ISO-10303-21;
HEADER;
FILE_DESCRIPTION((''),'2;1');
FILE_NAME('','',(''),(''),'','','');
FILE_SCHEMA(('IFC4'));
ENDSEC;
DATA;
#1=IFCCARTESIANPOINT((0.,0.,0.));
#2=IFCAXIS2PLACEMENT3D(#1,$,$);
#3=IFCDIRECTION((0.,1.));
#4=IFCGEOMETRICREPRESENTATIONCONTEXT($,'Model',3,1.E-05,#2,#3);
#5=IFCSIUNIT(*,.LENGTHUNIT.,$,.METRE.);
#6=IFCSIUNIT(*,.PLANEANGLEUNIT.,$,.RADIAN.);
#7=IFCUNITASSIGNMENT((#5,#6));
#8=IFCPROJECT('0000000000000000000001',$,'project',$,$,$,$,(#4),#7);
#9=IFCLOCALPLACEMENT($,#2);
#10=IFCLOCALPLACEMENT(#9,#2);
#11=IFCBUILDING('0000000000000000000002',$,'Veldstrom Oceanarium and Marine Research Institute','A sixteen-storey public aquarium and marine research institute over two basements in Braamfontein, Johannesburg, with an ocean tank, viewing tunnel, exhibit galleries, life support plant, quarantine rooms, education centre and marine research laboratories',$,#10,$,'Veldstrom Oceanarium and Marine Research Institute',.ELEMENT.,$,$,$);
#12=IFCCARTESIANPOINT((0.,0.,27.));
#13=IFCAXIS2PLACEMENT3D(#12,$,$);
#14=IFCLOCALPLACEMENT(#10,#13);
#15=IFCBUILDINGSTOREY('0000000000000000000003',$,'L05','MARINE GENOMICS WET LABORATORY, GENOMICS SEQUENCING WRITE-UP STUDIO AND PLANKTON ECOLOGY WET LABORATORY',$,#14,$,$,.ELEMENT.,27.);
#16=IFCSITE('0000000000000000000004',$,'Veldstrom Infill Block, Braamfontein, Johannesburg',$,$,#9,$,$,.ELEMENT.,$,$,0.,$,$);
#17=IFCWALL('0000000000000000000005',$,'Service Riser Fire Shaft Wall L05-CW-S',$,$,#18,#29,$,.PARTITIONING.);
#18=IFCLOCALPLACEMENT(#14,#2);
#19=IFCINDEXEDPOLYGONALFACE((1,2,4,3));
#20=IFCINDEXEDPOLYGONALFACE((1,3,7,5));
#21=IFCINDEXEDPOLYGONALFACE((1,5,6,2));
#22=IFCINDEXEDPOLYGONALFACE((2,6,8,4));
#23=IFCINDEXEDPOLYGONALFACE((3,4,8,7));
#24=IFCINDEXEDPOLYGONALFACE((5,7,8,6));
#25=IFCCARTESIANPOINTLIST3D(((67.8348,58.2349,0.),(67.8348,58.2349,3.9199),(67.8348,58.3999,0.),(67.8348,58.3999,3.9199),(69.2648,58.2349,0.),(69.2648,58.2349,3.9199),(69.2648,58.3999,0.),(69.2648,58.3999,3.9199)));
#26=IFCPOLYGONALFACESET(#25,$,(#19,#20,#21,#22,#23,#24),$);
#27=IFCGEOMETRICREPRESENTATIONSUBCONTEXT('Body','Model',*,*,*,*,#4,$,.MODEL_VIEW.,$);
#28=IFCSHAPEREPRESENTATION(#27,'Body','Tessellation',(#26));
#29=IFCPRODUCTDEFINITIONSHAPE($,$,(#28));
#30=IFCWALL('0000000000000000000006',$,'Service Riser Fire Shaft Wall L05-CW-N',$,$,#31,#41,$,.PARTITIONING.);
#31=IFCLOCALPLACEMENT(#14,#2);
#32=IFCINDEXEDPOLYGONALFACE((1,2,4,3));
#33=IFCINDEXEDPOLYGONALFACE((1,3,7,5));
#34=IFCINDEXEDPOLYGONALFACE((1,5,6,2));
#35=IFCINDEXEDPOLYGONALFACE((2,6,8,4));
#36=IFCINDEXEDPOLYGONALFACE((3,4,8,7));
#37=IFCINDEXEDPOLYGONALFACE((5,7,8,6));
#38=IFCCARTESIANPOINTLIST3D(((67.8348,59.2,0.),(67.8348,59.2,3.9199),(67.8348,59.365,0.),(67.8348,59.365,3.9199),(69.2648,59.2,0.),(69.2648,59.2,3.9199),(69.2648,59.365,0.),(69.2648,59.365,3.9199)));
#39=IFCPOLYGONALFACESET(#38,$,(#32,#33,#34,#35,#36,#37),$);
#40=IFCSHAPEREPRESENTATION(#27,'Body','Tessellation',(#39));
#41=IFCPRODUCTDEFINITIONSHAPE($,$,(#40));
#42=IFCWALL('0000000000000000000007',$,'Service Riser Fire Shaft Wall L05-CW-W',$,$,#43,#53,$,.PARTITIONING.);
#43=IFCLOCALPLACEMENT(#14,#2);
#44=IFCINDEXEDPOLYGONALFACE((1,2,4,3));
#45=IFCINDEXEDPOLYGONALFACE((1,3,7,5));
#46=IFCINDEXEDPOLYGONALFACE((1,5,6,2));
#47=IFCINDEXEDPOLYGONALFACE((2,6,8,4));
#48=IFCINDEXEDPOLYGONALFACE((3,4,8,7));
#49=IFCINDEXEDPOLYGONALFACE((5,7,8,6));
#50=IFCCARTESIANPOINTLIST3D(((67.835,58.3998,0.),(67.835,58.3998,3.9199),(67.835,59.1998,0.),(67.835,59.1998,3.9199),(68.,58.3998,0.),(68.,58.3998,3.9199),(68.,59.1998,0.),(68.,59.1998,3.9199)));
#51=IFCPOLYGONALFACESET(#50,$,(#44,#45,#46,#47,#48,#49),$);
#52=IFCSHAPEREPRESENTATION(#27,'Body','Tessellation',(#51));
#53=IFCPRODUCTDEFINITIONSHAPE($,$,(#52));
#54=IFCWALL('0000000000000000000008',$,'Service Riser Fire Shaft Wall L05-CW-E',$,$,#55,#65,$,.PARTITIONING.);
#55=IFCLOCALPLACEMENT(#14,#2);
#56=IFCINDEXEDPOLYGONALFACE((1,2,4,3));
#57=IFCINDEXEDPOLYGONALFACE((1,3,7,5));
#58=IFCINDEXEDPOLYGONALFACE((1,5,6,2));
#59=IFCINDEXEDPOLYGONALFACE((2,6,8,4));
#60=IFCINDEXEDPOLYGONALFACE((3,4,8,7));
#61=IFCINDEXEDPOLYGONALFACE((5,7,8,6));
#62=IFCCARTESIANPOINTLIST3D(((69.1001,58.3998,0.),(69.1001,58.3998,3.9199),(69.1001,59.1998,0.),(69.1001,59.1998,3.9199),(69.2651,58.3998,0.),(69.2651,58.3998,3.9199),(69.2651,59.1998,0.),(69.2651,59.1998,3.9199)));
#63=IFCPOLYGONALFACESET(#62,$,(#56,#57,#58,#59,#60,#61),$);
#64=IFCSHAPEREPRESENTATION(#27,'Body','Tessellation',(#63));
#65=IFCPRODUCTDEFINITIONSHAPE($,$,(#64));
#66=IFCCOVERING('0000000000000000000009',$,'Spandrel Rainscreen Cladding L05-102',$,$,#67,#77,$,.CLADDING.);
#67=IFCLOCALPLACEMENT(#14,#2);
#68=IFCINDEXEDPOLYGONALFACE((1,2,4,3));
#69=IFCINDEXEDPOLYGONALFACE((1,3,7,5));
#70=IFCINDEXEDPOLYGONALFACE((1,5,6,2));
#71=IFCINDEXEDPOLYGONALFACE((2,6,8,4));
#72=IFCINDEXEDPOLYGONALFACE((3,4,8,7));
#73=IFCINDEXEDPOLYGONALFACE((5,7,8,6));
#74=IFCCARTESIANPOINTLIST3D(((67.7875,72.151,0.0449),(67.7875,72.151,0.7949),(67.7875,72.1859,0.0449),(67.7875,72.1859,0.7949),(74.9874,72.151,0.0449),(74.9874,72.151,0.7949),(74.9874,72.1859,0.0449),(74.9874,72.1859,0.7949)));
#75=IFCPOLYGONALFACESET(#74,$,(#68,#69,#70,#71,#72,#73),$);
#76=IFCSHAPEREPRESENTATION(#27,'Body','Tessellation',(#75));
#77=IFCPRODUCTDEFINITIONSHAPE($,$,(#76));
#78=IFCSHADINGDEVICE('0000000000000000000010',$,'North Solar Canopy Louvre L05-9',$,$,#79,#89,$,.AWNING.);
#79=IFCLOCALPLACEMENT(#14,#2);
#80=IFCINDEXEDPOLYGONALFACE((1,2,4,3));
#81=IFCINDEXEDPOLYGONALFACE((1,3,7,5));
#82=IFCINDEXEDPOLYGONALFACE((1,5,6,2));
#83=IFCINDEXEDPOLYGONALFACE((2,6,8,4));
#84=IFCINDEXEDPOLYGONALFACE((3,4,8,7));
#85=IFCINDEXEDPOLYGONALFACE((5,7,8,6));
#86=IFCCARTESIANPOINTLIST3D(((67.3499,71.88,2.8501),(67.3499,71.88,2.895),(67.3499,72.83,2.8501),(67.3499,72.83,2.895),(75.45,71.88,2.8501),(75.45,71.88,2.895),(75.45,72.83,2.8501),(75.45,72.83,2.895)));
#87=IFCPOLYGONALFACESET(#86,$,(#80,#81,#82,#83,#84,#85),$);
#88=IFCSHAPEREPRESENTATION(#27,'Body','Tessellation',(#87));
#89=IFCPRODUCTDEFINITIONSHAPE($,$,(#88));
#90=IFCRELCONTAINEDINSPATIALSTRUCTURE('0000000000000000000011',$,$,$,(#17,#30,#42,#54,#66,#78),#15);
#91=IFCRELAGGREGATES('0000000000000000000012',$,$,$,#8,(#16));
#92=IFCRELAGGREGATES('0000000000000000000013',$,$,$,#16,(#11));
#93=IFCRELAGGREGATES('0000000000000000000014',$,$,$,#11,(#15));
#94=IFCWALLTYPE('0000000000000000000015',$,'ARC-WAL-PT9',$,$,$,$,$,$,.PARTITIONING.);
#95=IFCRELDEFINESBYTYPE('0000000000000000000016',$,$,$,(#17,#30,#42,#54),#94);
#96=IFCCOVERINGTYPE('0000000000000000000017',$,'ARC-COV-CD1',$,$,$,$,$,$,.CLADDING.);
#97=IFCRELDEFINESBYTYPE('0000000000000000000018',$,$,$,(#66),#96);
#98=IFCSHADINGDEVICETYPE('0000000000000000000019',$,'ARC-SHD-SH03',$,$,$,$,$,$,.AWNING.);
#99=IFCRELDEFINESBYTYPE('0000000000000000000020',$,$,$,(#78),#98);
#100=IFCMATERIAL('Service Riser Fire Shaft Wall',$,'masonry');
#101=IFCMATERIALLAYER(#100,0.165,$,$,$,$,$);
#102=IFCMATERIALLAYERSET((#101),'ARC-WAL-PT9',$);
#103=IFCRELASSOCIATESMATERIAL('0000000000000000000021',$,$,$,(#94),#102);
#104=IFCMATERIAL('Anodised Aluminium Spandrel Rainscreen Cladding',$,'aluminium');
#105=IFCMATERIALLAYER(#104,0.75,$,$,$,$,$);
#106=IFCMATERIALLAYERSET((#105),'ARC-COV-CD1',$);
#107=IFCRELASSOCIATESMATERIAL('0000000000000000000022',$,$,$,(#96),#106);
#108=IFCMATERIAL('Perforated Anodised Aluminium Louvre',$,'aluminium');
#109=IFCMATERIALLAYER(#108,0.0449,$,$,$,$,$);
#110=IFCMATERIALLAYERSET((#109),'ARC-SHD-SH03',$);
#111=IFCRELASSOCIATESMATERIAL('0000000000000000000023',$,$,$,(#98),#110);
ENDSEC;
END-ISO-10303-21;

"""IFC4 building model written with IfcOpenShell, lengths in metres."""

from ifc_helpers import new_model, si_unit, direction, frame, frame_2d, origin, origin_2d, place, context, subcontext, project, spatial, rectangle, extrude, material, layer, layer_set, type_object, element, save


model = new_model("IFC4")

# Units and contexts
model_context = context("Model", 3, precision=1e-05, world=origin(), true_north=direction((0.0, 1.0)))
body_context = subcontext(model_context, "Body", "Model", "MODEL_VIEW")
ifc_project = project(units=[si_unit("LENGTHUNIT", "METRE"), si_unit("PLANEANGLEUNIT", "RADIAN")], contexts=[model_context])

# Site, building, storey
site_placement = place(None, origin())
site = spatial("IfcSite", under=ifc_project, at=site_placement, Name="Veldstrom Infill Block, Braamfontein, Johannesburg", CompositionType="ELEMENT", RefElevation=0.0)
building_placement = place(site_placement, origin())
building = spatial("IfcBuilding", under=site, at=building_placement, Name="Veldstrom Oceanarium and Marine Research Institute", Description="A sixteen-storey public aquarium and marine research institute over two basements in Braamfontein, Johannesburg, with an ocean tank, viewing tunnel, exhibit galleries, life support plant, quarantine rooms, education centre and marine research laboratories", LongName="Veldstrom Oceanarium and Marine Research Institute", CompositionType="ELEMENT")
storey_placement = place(building_placement, frame((0.0, 0.0, 27.0)))
storey = spatial("IfcBuildingStorey", under=building, at=storey_placement, Name="L05", Description="MARINE GENOMICS WET LABORATORY, GENOMICS SEQUENCING WRITE-UP STUDIO AND PLANKTON ECOLOGY WET LABORATORY", CompositionType="ELEMENT", Elevation=27.0)

# Walls
ifc_material_1 = material(Name="Service Riser Fire Shaft Wall", Category="masonry")
ifc_layer_1 = layer(ifc_material_1, 0.165)
ifc_layer_set_1 = layer_set([ifc_layer_1], Name="ARC-WAL-PT9")
wall_type_1 = type_object("IfcWallType", Name="ARC-WAL-PT9", PredefinedType="PARTITIONING", material=ifc_layer_set_1)
for number, where, z_axis, x_axis, name in (
    (1, (67.835, 58.3174, 0.0), (0.0, 0.0, 1.0), (1.0, 0.0, 0.0), "Service Riser Fire Shaft Wall L05-CW-S"),
    (2, (67.835, 59.2825, 0.0), (0.0, 0.0, 1.0), (1.0, 0.0, 0.0), "Service Riser Fire Shaft Wall L05-CW-N"),
):
    element("IfcWall", number, at=place(storey_placement, frame(where, z_axis=z_axis, x_axis=x_axis)), inside=storey, type_object=wall_type_1, Name=name, PredefinedType="PARTITIONING", context=body_context, shape_type="SweptSolid", body=[
        extrude(rectangle(XDim=1.4299, YDim=0.165, at=frame_2d((0.7148, 0.0))), origin(), (0.0, 0.0, 1.0), 3.9199),
    ])
for number, where, z_axis, x_axis, name in (
    (3, (67.9175, 58.3999, 0.0), (0.0, 0.0, 1.0), (0.0, 1.0, 0.0), "Service Riser Fire Shaft Wall L05-CW-W"),
    (4, (69.1826, 58.3999, 0.0), (0.0, 0.0, 1.0), (0.0, 1.0, 0.0), "Service Riser Fire Shaft Wall L05-CW-E"),
):
    element("IfcWall", number, at=place(storey_placement, frame(where, z_axis=z_axis, x_axis=x_axis)), inside=storey, type_object=wall_type_1, Name=name, PredefinedType="PARTITIONING", context=body_context, shape_type="SweptSolid", body=[
        extrude(rectangle(XDim=0.8, YDim=0.165, at=frame_2d((0.3999, 0.0))), origin(), (0.0, 0.0, 1.0), 3.9199),
    ])

# Covering
ifc_material_2 = material(Name="Anodised Aluminium Spandrel Rainscreen Cladding", Category="aluminium")
ifc_layer_2 = layer(ifc_material_2, 0.75)
ifc_layer_set_2 = layer_set([ifc_layer_2], Name="ARC-COV-CD1")
covering_type = type_object("IfcCoveringType", Name="ARC-COV-CD1", PredefinedType="CLADDING", material=ifc_layer_set_2)
covering_placement = place(storey_placement, frame((71.3875, 72.1685, 0.0449), z_axis=(0.0, 0.0, 1.0), x_axis=(1.0, 0.0, 0.0)))
element("IfcCovering", 5, at=covering_placement, inside=storey, type_object=covering_type, Name="Spandrel Rainscreen Cladding L05-102", PredefinedType="CLADDING", context=body_context, shape_type="SweptSolid", body=[
    extrude(rectangle(XDim=7.2, YDim=0.0349, at=origin_2d()), origin(), (0.0, 0.0, 1.0), 0.75),
])

# Shading device
ifc_material_3 = material(Name="Perforated Anodised Aluminium Louvre", Category="aluminium")
ifc_layer_3 = layer(ifc_material_3, 0.0449)
ifc_layer_set_3 = layer_set([ifc_layer_3], Name="ARC-SHD-SH03")
shading_device_type = type_object("IfcShadingDeviceType", Name="ARC-SHD-SH03", PredefinedType="AWNING", material=ifc_layer_set_3)
shading_device_placement = place(storey_placement, frame((71.3999, 72.355, 2.8501), z_axis=(0.0, 0.0, 1.0), x_axis=(1.0, 0.0, 0.0)))
element("IfcShadingDevice", 6, at=shading_device_placement, inside=storey, type_object=shading_device_type, Name="North Solar Canopy Louvre L05-9", PredefinedType="AWNING", context=body_context, shape_type="SweptSolid", body=[
    extrude(rectangle(XDim=8.1001, YDim=0.95, at=origin_2d()), origin(), (0.0, 0.0, 1.0), 0.0449),
])

save(model, "model.ifc")
